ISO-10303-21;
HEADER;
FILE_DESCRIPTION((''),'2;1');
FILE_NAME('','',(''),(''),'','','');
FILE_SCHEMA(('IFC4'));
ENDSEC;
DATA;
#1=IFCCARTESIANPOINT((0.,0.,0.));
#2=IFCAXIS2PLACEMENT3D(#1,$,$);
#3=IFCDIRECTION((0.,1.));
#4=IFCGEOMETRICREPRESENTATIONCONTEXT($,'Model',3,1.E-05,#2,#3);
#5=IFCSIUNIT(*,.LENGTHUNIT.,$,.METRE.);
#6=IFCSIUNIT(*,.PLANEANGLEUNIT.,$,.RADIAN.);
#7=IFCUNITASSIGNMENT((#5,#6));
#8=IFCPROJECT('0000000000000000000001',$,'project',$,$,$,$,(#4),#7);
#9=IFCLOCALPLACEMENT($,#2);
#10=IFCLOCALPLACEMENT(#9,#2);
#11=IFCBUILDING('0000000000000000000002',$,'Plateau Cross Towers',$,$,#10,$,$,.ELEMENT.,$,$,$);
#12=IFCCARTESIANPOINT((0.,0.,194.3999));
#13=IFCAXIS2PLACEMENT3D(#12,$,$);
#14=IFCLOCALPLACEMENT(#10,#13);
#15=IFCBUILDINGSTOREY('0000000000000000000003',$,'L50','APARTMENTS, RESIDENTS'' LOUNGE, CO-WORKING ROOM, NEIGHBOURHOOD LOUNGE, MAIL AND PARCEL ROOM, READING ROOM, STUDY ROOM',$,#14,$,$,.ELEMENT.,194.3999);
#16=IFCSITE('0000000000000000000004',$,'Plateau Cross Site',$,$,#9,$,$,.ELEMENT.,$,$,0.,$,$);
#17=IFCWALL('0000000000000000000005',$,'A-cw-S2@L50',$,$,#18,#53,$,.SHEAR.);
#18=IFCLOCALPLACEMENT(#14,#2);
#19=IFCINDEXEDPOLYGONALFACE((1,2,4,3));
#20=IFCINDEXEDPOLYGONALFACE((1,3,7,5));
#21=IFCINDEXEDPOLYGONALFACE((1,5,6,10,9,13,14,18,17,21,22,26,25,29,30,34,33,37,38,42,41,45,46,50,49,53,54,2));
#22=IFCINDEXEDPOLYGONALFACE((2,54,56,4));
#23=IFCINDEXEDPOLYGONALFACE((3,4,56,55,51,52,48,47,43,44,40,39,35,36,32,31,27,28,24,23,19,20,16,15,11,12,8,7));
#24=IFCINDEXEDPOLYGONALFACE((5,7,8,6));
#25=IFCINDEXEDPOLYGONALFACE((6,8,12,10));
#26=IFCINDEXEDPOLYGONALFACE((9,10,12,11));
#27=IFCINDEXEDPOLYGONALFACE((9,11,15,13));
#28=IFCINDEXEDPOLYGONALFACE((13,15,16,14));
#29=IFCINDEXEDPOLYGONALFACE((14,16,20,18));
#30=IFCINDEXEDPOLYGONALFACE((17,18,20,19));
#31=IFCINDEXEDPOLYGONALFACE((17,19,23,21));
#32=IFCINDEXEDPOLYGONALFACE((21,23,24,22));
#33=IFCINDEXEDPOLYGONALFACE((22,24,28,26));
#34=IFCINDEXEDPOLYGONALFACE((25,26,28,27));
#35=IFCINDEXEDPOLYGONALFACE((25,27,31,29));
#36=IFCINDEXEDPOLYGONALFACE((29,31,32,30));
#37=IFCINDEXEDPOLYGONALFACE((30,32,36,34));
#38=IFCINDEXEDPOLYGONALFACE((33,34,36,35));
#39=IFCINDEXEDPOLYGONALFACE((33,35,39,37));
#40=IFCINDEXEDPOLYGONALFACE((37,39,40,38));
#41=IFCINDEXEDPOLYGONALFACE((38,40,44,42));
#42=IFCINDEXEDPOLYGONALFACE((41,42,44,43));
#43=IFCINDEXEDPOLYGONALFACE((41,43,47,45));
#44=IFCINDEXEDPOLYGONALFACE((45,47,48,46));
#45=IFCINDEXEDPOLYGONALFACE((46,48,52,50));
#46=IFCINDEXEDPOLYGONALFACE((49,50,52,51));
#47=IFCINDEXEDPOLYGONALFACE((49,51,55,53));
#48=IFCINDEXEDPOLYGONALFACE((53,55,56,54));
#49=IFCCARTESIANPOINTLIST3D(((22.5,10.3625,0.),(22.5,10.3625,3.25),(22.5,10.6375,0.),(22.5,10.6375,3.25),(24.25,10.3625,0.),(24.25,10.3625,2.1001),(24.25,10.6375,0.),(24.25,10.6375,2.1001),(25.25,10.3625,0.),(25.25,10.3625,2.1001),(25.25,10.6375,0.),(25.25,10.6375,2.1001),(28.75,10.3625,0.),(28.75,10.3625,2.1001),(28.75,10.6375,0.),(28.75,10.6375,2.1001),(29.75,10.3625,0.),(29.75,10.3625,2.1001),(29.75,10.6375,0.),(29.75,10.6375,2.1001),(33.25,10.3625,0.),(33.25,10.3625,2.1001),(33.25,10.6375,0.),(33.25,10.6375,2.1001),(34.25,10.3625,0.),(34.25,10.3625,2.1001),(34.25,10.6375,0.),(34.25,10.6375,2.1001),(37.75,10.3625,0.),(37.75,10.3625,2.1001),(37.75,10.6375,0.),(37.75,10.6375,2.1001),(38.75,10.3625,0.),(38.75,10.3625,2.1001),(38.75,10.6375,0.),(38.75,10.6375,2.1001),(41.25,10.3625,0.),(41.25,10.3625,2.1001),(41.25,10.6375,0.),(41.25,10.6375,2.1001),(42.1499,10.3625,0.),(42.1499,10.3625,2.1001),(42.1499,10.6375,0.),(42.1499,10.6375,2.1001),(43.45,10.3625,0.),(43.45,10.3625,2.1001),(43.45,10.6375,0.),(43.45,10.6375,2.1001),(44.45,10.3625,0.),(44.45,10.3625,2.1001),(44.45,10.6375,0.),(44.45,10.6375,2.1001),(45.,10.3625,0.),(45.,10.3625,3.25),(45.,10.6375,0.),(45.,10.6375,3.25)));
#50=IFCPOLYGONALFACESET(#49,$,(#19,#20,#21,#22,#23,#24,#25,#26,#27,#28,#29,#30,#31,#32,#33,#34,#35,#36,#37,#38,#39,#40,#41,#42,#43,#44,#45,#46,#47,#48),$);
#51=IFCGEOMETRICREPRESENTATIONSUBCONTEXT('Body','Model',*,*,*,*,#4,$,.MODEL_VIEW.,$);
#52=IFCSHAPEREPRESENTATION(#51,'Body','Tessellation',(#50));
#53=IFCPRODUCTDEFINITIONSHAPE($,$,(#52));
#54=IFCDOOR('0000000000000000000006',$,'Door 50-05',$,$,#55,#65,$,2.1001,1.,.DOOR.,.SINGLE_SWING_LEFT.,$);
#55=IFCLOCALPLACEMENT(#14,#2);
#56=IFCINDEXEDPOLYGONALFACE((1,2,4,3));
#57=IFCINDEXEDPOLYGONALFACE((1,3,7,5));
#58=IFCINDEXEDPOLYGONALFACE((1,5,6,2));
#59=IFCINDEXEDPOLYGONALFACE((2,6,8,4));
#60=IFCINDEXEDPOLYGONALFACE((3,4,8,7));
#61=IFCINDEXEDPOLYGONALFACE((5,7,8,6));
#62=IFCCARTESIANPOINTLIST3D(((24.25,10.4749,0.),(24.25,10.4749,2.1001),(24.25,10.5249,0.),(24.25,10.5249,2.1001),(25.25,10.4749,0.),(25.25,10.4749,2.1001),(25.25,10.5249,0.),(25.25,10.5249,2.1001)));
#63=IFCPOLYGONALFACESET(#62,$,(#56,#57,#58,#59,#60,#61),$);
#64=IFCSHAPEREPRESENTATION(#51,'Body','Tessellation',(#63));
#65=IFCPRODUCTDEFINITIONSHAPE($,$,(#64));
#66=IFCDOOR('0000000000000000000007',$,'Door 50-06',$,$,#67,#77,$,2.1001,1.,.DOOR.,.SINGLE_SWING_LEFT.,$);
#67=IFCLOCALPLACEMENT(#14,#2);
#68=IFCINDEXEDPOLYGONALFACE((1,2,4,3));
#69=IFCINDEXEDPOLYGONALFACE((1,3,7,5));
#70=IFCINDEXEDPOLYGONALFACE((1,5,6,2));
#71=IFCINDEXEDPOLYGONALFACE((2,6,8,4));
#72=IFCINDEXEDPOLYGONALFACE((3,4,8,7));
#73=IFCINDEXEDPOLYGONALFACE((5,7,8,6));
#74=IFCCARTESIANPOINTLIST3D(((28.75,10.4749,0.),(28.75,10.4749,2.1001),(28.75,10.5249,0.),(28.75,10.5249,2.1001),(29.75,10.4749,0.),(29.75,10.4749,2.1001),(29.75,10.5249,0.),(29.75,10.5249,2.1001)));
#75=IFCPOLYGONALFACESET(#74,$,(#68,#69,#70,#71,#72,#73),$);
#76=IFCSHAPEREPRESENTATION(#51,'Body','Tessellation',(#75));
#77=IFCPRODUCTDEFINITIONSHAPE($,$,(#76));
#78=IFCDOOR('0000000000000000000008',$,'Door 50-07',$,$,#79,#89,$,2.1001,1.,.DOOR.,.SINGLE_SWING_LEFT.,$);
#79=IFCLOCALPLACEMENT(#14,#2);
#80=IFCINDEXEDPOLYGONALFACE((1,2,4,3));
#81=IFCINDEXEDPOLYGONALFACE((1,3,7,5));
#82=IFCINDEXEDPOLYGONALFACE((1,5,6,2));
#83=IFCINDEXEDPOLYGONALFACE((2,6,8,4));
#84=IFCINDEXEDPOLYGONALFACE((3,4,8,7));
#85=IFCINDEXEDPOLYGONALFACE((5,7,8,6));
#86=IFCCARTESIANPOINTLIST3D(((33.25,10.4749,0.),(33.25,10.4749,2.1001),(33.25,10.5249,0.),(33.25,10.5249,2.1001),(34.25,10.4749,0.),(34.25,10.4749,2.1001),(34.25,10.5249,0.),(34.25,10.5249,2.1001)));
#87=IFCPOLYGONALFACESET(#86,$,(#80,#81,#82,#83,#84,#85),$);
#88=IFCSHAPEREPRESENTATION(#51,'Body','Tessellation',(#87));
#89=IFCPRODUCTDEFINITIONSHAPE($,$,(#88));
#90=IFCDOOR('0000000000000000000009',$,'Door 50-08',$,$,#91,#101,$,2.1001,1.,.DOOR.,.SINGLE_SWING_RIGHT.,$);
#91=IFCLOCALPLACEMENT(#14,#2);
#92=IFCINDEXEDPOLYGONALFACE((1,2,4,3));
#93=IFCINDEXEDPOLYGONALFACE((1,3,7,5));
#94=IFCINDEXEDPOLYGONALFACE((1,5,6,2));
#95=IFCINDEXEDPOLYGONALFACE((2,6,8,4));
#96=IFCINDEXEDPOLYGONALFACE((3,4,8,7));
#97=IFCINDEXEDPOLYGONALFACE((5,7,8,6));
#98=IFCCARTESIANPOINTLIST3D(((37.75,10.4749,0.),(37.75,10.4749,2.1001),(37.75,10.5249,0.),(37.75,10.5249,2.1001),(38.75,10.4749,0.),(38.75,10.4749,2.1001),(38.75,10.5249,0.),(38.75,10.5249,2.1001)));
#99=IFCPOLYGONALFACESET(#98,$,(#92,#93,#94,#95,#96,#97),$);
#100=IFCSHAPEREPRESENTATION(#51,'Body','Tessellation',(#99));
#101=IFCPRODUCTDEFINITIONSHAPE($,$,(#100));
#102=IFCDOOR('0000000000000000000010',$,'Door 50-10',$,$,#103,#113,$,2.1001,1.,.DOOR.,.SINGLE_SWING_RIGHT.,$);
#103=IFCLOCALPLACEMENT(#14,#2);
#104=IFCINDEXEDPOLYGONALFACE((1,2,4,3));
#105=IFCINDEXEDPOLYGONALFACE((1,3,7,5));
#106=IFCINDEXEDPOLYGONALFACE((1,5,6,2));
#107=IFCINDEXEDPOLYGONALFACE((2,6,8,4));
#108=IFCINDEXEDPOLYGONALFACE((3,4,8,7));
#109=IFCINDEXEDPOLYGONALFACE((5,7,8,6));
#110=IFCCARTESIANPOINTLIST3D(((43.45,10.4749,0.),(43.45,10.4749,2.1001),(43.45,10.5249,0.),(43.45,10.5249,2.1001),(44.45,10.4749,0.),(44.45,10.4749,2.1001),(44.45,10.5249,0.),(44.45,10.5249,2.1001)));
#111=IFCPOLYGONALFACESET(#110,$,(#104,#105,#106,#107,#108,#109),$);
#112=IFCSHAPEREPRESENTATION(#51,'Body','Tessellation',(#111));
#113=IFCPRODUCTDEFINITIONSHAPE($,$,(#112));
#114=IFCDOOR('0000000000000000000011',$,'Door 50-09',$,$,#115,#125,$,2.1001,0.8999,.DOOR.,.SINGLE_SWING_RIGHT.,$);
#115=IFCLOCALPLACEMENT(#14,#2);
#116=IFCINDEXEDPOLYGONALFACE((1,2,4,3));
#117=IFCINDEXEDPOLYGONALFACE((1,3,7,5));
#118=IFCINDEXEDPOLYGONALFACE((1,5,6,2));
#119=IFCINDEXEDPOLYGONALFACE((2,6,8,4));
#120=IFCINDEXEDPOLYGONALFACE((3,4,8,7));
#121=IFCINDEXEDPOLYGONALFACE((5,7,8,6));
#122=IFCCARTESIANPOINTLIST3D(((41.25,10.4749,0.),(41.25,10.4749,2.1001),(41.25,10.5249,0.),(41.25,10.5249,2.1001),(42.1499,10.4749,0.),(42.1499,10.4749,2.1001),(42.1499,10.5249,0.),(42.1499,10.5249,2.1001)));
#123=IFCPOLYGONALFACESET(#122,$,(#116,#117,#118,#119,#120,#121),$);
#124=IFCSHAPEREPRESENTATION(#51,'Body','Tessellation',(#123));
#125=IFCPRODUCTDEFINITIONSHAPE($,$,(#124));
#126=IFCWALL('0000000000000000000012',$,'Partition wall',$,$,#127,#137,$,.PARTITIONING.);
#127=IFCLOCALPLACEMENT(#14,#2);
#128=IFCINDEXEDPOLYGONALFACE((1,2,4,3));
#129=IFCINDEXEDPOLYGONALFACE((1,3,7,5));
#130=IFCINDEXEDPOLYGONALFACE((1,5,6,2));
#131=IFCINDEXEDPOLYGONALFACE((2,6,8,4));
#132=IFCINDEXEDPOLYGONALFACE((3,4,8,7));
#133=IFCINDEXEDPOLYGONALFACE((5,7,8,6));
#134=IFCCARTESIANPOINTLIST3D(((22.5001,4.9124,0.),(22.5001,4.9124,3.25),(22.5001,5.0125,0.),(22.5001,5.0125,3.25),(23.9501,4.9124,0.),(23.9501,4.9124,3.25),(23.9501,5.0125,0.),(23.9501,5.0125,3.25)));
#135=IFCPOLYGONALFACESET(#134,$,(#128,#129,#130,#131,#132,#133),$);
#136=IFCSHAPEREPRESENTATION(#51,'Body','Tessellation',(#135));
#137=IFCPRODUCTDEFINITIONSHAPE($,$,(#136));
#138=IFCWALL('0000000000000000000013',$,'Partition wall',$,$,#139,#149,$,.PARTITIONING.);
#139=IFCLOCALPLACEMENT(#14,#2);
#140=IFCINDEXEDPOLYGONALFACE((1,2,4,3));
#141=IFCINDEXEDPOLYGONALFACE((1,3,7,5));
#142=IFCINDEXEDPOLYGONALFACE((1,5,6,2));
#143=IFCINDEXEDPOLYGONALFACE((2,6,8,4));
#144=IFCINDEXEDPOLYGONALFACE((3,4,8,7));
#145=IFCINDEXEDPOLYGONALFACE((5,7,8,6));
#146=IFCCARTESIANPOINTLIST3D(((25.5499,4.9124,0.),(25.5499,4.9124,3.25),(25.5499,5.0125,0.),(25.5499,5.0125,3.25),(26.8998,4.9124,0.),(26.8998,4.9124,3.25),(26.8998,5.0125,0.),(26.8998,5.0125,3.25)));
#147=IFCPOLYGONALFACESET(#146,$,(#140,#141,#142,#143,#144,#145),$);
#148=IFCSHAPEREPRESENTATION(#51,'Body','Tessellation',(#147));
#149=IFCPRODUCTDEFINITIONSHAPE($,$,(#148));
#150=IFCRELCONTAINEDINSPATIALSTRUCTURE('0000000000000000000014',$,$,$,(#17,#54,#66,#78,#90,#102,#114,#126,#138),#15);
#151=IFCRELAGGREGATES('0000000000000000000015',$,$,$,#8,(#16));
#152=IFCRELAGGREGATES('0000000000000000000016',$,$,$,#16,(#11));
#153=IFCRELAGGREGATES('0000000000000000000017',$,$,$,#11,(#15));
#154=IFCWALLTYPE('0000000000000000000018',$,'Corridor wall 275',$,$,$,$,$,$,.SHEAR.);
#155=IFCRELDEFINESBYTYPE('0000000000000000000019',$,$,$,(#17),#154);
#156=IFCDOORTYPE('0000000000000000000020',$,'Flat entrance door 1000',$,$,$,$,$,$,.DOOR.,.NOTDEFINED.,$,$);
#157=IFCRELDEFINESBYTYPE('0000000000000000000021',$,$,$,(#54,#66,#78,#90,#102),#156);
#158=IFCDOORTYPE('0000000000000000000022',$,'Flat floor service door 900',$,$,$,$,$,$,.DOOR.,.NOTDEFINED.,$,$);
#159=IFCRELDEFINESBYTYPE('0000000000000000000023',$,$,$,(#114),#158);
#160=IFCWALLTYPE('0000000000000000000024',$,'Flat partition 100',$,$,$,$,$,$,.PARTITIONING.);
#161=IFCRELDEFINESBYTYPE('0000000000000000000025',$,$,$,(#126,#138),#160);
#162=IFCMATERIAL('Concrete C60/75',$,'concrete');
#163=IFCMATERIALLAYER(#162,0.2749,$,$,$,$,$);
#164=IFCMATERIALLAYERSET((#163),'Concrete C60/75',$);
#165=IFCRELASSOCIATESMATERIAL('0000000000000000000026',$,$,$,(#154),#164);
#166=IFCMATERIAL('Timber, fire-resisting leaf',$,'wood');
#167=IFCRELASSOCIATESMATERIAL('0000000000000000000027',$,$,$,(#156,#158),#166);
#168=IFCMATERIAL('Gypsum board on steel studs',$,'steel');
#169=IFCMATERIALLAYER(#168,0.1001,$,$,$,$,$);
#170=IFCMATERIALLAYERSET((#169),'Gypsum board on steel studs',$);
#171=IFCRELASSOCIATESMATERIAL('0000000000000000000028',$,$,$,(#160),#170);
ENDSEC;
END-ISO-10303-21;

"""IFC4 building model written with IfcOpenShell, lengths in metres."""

from ifc_helpers import new_model, si_unit, direction, frame, frame_2d, origin, place, context, subcontext, project, spatial, rectangle, extrude, material, layer, layer_set, type_object, element, fill, save


model = new_model("IFC4")

# Units and contexts
model_context = context("Model", 3, precision=1e-05, world=origin(), true_north=direction((0.0, 1.0)))
body_context = subcontext(model_context, "Body", "Model", "MODEL_VIEW")
ifc_project = project(units=[si_unit("LENGTHUNIT", "METRE"), si_unit("PLANEANGLEUNIT", "RADIAN")], contexts=[model_context])

# Site, building, storey
site_placement = place(None, origin())
site = spatial("IfcSite", under=ifc_project, at=site_placement, Name="Plateau Cross Site", CompositionType="ELEMENT", RefElevation=0.0)
building_placement = place(site_placement, origin())
building = spatial("IfcBuilding", under=site, at=building_placement, Name="Plateau Cross Towers", CompositionType="ELEMENT")
storey_placement = place(building_placement, frame((0.0, 0.0, 194.3999)))
storey = spatial("IfcBuildingStorey", under=building, at=storey_placement, Name="L50", Description="APARTMENTS, RESIDENTS' LOUNGE, CO-WORKING ROOM, NEIGHBOURHOOD LOUNGE, MAIL AND PARCEL ROOM, READING ROOM, STUDY ROOM", CompositionType="ELEMENT", Elevation=194.3999)

# Shared definitions
ifc_material_1 = material(Name="Concrete C60/75", Category="concrete")

# Wall, openings, doors
ifc_layer_1 = layer(ifc_material_1, 0.2749)
ifc_layer_set_1 = layer_set([ifc_layer_1], Name="Concrete C60/75")
wall_type_1 = type_object("IfcWallType", Name="Corridor wall 275", PredefinedType="SHEAR", material=ifc_layer_set_1)
ifc_material_2 = material(Name="Timber, fire-resisting leaf", Category="wood")
door_type_1 = type_object("IfcDoorType", Name="Flat entrance door 1000", OperationType="NOTDEFINED", PredefinedType="DOOR", material=ifc_material_2)
wall_1_placement = place(storey_placement, frame((22.5, 10.5, 0.0), z_axis=(0.0, 0.0, 1.0), x_axis=(1.0, 0.0, 0.0)))
wall_1 = element("IfcWall", 1, at=wall_1_placement, inside=storey, type_object=wall_type_1, Name="A-cw-S2@L50", PredefinedType="SHEAR", context=body_context, shape_type="SweptSolid", body=[
    extrude(rectangle(XDim=22.5, YDim=0.2749, at=frame_2d((11.25, 0.0))), origin(), (0.0, 0.0, 1.0), 3.25),
])
opening_1_placement = place(wall_1_placement, frame((1.75, 0.0, 0.0)))
opening_1 = element("IfcOpeningElement", 2, at=opening_1_placement, cuts=wall_1, PredefinedType="OPENING", context=body_context, shape_type="SweptSolid", body=[
    extrude(rectangle(XDim=1.0, YDim=2.1001, at=frame_2d((0.5, 1.05))), frame((0.0, 0.1475, 0.0), z_axis=(0.0, -1.0, 0.0), x_axis=(1.0, 0.0, 0.0)), (0.0, 0.0, 1.0), 0.2949),
])
opening_2_placement = place(wall_1_placement, frame((6.25, 0.0, 0.0)))
opening_2 = element("IfcOpeningElement", 3, at=opening_2_placement, cuts=wall_1, PredefinedType="OPENING", context=body_context, shape_type="SweptSolid", body=[
    extrude(rectangle(XDim=1.0, YDim=2.1001, at=frame_2d((0.5, 1.05))), frame((0.0, 0.1475, 0.0), z_axis=(0.0, -1.0, 0.0), x_axis=(1.0, 0.0, 0.0)), (0.0, 0.0, 1.0), 0.2949),
])
opening_3_placement = place(wall_1_placement, frame((10.75, 0.0, 0.0)))
opening_3 = element("IfcOpeningElement", 4, at=opening_3_placement, cuts=wall_1, PredefinedType="OPENING", context=body_context, shape_type="SweptSolid", body=[
    extrude(rectangle(XDim=1.0, YDim=2.1001, at=frame_2d((0.5, 1.05))), frame((0.0, 0.1475, 0.0), z_axis=(0.0, -1.0, 0.0), x_axis=(1.0, 0.0, 0.0)), (0.0, 0.0, 1.0), 0.2949),
])
opening_4_placement = place(wall_1_placement, frame((15.25, 0.0, 0.0)))
opening_4 = element("IfcOpeningElement", 5, at=opening_4_placement, cuts=wall_1, PredefinedType="OPENING", context=body_context, shape_type="SweptSolid", body=[
    extrude(rectangle(XDim=1.0, YDim=2.1001, at=frame_2d((0.5, 1.05))), frame((0.0, 0.1475, 0.0), z_axis=(0.0, -1.0, 0.0), x_axis=(1.0, 0.0, 0.0)), (0.0, 0.0, 1.0), 0.2949),
])
opening_5_placement = place(wall_1_placement, frame((18.75, 0.0, 0.0)))
opening_5 = element("IfcOpeningElement", 6, at=opening_5_placement, cuts=wall_1, PredefinedType="OPENING", context=body_context, shape_type="SweptSolid", body=[
    extrude(rectangle(XDim=0.8999, YDim=2.1001, at=frame_2d((0.45, 1.05))), frame((0.0, 0.1475, 0.0), z_axis=(0.0, -1.0, 0.0), x_axis=(1.0, 0.0, 0.0)), (0.0, 0.0, 1.0), 0.2949),
])
opening_6_placement = place(wall_1_placement, frame((20.95, 0.0, 0.0)))
opening_6 = element("IfcOpeningElement", 7, at=opening_6_placement, cuts=wall_1, PredefinedType="OPENING", context=body_context, shape_type="SweptSolid", body=[
    extrude(rectangle(XDim=1.0, YDim=2.1001, at=frame_2d((0.5, 1.05))), frame((0.0, 0.1475, 0.0), z_axis=(0.0, -1.0, 0.0), x_axis=(1.0, 0.0, 0.0)), (0.0, 0.0, 1.0), 0.2949),
])
door_1_placement = place(opening_1_placement, origin())
door_1 = element("IfcDoor", 8, at=door_1_placement, inside=storey, type_object=door_type_1, Name="Door 50-05", OperationType="SINGLE_SWING_LEFT", OverallHeight=2.1001, OverallWidth=1.0, PredefinedType="DOOR", context=body_context, shape_type="SweptSolid", body=[
    extrude(rectangle(XDim=1.0, YDim=2.1001, at=frame_2d((0.5, 1.05))), frame((0.0, 0.0249, 0.0), z_axis=(0.0, -1.0, 0.0), x_axis=(1.0, 0.0, 0.0)), (0.0, 0.0, 1.0), 0.05),
])
fill(opening_1, door_1)
door_2_placement = place(opening_2_placement, origin())
door_2 = element("IfcDoor", 9, at=door_2_placement, inside=storey, type_object=door_type_1, Name="Door 50-06", OperationType="SINGLE_SWING_LEFT", OverallHeight=2.1001, OverallWidth=1.0, PredefinedType="DOOR", context=body_context, shape_type="SweptSolid", body=[
    extrude(rectangle(XDim=1.0, YDim=2.1001, at=frame_2d((0.5, 1.05))), frame((0.0, 0.0249, 0.0), z_axis=(0.0, -1.0, 0.0), x_axis=(1.0, 0.0, 0.0)), (0.0, 0.0, 1.0), 0.05),
])
fill(opening_2, door_2)
door_3_placement = place(opening_3_placement, origin())
door_3 = element("IfcDoor", 10, at=door_3_placement, inside=storey, type_object=door_type_1, Name="Door 50-07", OperationType="SINGLE_SWING_LEFT", OverallHeight=2.1001, OverallWidth=1.0, PredefinedType="DOOR", context=body_context, shape_type="SweptSolid", body=[
    extrude(rectangle(XDim=1.0, YDim=2.1001, at=frame_2d((0.5, 1.05))), frame((0.0, 0.0249, 0.0), z_axis=(0.0, -1.0, 0.0), x_axis=(1.0, 0.0, 0.0)), (0.0, 0.0, 1.0), 0.05),
])
fill(opening_3, door_3)
door_4_placement = place(opening_4_placement, origin())
door_4 = element("IfcDoor", 11, at=door_4_placement, inside=storey, type_object=door_type_1, Name="Door 50-08", OperationType="SINGLE_SWING_RIGHT", OverallHeight=2.1001, OverallWidth=1.0, PredefinedType="DOOR", context=body_context, shape_type="SweptSolid", body=[
    extrude(rectangle(XDim=1.0, YDim=2.1001, at=frame_2d((0.5, 1.05))), frame((0.0, 0.0249, 0.0), z_axis=(0.0, -1.0, 0.0), x_axis=(1.0, 0.0, 0.0)), (0.0, 0.0, 1.0), 0.05),
])
fill(opening_4, door_4)
door_5_placement = place(opening_6_placement, origin())
door_5 = element("IfcDoor", 12, at=door_5_placement, inside=storey, type_object=door_type_1, Name="Door 50-10", OperationType="SINGLE_SWING_RIGHT", OverallHeight=2.1001, OverallWidth=1.0, PredefinedType="DOOR", context=body_context, shape_type="SweptSolid", body=[
    extrude(rectangle(XDim=1.0, YDim=2.1001, at=frame_2d((0.5, 1.05))), frame((0.0, 0.0249, 0.0), z_axis=(0.0, -1.0, 0.0), x_axis=(1.0, 0.0, 0.0)), (0.0, 0.0, 1.0), 0.05),
])
fill(opening_6, door_5)
door_type_2 = type_object("IfcDoorType", Name="Flat floor service door 900", OperationType="NOTDEFINED", PredefinedType="DOOR", material=ifc_material_2)
door_6_placement = place(opening_5_placement, origin())
door_6 = element("IfcDoor", 13, at=door_6_placement, inside=storey, type_object=door_type_2, Name="Door 50-09", OperationType="SINGLE_SWING_RIGHT", OverallHeight=2.1001, OverallWidth=0.8999, PredefinedType="DOOR", context=body_context, shape_type="SweptSolid", body=[
    extrude(rectangle(XDim=0.8999, YDim=2.1001, at=frame_2d((0.45, 1.05))), frame((0.0, 0.0249, 0.0), z_axis=(0.0, -1.0, 0.0), x_axis=(1.0, 0.0, 0.0)), (0.0, 0.0, 1.0), 0.05),
])
fill(opening_5, door_6)

# Walls
ifc_material_3 = material(Name="Gypsum board on steel studs", Category="steel")
ifc_layer_2 = layer(ifc_material_3, 0.1001)
ifc_layer_set_2 = layer_set([ifc_layer_2], Name="Gypsum board on steel studs")
wall_type_2 = type_object("IfcWallType", Name="Flat partition 100", PredefinedType="PARTITIONING", material=ifc_layer_set_2)
wall_2_placement = place(storey_placement, frame((22.5, 4.9624, 0.0), z_axis=(0.0, 0.0, 1.0), x_axis=(1.0, 0.0, 0.0)))
element("IfcWall", 14, at=wall_2_placement, inside=storey, type_object=wall_type_2, Name="Partition wall", PredefinedType="PARTITIONING", context=body_context, shape_type="SweptSolid", body=[
    extrude(rectangle(XDim=1.45, YDim=0.1001, at=frame_2d((0.7251, 0.0))), origin(), (0.0, 0.0, 1.0), 3.25),
])
wall_3_placement = place(storey_placement, frame((25.55, 4.9624, 0.0), z_axis=(0.0, 0.0, 1.0), x_axis=(1.0, 0.0, 0.0)))
element("IfcWall", 15, at=wall_3_placement, inside=storey, type_object=wall_type_2, Name="Partition wall", PredefinedType="PARTITIONING", context=body_context, shape_type="SweptSolid", body=[
    extrude(rectangle(XDim=1.3499, YDim=0.1001, at=frame_2d((0.6748, 0.0))), origin(), (0.0, 0.0, 1.0), 3.25),
])

save(model, "model.ifc")
